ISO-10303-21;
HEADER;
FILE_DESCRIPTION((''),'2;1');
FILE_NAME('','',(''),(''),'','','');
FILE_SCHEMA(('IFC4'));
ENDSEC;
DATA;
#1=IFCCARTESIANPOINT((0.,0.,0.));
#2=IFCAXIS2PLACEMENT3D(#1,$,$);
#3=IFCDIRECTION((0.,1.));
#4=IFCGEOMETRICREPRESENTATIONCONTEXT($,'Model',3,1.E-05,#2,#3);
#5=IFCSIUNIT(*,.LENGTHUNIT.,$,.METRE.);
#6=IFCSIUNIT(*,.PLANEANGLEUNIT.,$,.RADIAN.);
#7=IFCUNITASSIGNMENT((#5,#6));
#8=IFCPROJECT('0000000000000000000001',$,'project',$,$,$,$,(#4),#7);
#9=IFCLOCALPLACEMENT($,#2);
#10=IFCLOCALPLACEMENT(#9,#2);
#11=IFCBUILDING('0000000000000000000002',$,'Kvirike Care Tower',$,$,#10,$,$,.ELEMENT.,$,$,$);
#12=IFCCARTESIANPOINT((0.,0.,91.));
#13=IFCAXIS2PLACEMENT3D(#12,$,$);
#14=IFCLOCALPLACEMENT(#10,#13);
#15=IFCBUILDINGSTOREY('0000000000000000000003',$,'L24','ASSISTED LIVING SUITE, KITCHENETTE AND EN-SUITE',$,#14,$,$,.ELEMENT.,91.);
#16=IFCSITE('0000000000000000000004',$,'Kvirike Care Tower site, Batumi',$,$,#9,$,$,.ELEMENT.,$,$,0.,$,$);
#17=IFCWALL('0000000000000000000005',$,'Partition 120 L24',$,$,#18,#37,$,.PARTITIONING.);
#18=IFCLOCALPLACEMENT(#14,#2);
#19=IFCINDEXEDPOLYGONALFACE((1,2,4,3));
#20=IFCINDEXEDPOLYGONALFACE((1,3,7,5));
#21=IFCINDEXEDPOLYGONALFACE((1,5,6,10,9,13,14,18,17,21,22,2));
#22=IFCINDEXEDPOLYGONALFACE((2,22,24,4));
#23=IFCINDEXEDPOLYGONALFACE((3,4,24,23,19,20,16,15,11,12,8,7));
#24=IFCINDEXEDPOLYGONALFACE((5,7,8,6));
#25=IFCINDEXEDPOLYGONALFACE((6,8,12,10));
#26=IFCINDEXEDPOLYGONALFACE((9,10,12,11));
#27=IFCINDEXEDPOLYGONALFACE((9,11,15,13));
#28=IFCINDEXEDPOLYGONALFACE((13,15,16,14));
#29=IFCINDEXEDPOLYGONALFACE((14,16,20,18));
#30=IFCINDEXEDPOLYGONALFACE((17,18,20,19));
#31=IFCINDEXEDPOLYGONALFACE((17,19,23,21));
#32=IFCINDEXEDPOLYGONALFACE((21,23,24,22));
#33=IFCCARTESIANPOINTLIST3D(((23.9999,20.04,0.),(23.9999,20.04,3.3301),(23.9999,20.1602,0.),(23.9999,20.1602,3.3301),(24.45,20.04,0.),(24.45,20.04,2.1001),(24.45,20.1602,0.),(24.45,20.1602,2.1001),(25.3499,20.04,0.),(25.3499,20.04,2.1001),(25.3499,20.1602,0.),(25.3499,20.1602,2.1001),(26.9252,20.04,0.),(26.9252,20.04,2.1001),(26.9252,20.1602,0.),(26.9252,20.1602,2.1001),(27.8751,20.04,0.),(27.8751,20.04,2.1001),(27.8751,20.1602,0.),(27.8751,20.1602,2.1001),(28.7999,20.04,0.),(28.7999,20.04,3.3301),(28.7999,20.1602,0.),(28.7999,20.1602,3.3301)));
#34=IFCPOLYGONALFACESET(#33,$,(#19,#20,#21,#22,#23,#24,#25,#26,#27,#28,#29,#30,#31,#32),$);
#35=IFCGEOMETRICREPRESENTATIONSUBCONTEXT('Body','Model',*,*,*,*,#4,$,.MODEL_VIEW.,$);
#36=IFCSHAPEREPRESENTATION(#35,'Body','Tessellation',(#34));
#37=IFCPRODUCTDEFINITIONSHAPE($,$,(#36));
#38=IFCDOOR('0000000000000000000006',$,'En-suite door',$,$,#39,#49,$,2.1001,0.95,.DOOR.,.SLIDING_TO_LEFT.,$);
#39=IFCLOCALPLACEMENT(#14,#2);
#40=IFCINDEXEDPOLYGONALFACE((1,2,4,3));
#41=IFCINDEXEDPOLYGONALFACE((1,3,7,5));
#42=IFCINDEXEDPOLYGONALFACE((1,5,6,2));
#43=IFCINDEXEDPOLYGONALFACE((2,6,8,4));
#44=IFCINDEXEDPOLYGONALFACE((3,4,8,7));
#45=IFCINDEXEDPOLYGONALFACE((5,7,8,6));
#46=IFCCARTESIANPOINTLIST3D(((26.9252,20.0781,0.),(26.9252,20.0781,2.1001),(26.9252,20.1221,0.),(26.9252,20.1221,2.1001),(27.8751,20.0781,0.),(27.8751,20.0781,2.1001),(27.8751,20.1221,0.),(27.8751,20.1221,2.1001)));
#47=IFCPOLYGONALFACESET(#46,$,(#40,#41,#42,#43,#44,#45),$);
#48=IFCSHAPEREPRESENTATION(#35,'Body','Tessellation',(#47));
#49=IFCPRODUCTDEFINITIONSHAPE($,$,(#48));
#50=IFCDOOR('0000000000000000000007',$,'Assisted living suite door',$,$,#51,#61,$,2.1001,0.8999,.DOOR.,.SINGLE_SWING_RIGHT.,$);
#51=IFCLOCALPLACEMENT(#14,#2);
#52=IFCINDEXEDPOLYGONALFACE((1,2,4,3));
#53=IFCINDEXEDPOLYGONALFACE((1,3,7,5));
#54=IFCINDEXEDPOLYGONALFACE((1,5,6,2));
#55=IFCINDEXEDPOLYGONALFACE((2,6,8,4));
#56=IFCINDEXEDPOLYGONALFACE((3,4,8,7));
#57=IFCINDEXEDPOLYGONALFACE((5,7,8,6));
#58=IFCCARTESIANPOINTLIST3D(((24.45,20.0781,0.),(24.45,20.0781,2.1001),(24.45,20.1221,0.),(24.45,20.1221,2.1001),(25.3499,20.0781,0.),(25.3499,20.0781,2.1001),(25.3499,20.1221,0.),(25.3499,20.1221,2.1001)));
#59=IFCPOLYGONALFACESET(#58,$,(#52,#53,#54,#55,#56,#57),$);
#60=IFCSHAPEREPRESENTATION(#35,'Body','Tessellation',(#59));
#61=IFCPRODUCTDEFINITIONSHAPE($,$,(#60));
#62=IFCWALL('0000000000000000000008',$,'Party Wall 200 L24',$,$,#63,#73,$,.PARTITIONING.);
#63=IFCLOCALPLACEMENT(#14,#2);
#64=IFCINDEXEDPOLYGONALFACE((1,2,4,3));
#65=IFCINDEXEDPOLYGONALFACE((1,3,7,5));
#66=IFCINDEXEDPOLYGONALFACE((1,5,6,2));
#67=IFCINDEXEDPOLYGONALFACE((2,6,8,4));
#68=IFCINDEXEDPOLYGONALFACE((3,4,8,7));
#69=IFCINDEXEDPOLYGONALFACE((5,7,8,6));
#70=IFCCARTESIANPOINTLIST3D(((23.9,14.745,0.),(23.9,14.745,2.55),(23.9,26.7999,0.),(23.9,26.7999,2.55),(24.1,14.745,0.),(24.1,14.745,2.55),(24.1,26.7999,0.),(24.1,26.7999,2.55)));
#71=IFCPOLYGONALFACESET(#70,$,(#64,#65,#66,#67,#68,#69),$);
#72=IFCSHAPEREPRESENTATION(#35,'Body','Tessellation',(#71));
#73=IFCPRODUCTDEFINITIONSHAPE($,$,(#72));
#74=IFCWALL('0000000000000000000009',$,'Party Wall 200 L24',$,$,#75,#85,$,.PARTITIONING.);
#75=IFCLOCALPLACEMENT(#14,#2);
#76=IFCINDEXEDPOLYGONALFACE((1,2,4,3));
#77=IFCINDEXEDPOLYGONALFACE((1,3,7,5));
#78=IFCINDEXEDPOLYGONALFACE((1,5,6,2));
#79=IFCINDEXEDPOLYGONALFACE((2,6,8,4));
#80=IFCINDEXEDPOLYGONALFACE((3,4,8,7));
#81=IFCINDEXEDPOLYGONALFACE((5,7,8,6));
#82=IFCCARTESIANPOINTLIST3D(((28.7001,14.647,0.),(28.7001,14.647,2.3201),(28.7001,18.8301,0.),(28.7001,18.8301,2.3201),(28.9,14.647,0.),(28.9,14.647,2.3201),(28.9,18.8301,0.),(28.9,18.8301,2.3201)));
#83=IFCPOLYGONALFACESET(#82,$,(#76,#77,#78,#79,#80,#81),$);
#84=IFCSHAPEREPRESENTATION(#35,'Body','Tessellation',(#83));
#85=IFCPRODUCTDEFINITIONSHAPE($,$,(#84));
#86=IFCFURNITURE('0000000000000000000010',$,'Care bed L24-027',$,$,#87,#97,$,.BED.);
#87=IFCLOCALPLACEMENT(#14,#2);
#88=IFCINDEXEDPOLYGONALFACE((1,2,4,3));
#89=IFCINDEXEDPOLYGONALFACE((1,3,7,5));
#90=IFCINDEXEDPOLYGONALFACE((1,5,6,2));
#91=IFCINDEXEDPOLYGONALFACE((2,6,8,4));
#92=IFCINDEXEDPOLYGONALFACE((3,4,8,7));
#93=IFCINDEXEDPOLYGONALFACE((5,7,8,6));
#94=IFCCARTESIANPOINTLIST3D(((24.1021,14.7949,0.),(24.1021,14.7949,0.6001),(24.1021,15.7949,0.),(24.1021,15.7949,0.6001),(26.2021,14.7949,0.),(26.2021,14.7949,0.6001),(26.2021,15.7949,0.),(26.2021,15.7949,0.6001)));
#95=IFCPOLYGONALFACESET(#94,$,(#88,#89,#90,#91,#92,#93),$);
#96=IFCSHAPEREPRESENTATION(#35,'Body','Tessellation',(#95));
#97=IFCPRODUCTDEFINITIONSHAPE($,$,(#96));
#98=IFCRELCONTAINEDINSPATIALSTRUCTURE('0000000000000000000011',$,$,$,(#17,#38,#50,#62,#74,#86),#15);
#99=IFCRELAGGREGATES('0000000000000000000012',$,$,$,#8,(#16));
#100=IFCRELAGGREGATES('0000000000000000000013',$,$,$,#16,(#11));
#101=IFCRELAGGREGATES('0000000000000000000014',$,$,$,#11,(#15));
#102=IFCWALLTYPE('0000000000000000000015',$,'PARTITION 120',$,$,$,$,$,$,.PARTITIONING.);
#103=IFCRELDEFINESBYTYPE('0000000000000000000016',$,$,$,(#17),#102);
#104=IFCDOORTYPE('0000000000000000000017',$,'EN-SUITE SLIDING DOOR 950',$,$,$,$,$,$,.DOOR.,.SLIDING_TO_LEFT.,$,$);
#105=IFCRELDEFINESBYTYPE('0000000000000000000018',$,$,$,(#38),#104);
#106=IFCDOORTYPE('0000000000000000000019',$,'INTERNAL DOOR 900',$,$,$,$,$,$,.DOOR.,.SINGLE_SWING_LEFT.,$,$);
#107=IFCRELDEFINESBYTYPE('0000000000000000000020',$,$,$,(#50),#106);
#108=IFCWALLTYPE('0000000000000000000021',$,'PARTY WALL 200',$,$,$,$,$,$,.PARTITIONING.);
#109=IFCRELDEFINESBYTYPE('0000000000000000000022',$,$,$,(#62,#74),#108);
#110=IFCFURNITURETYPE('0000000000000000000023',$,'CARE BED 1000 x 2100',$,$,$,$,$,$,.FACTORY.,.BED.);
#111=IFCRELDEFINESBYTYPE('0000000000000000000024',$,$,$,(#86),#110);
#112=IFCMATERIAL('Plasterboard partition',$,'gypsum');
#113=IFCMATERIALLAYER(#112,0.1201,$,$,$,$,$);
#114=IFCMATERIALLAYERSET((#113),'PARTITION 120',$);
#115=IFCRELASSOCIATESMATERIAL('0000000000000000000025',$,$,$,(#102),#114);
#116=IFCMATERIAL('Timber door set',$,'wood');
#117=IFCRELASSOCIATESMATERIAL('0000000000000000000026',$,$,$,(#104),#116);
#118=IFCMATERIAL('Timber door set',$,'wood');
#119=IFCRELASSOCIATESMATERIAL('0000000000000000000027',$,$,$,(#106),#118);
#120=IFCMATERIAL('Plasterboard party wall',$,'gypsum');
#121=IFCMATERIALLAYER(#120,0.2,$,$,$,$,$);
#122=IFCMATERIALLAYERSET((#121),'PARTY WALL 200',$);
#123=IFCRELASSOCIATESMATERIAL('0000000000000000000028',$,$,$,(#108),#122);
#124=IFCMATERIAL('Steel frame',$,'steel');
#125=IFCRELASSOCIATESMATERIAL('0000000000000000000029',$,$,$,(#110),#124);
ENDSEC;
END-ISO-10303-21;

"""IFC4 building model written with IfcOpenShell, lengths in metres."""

from ifc_helpers import new_model, si_unit, direction, frame, frame_2d, origin, origin_2d, place, context, subcontext, project, spatial, rectangle, extrude, material, layer, layer_set, type_object, element, fill, save


model = new_model("IFC4")

# Units and contexts
model_context = context("Model", 3, precision=1e-05, world=origin(), true_north=direction((0.0, 1.0)))
body_context = subcontext(model_context, "Body", "Model", "MODEL_VIEW")
ifc_project = project(units=[si_unit("LENGTHUNIT", "METRE"), si_unit("PLANEANGLEUNIT", "RADIAN")], contexts=[model_context])

# Site, building, storey
site_placement = place(None, origin())
site = spatial("IfcSite", under=ifc_project, at=site_placement, Name="Kvirike Care Tower site, Batumi", CompositionType="ELEMENT", RefElevation=0.0)
building_placement = place(site_placement, origin())
building = spatial("IfcBuilding", under=site, at=building_placement, Name="Kvirike Care Tower", CompositionType="ELEMENT")
storey_placement = place(building_placement, frame((0.0, 0.0, 91.0)))
storey = spatial("IfcBuildingStorey", under=building, at=storey_placement, Name="L24", Description="ASSISTED LIVING SUITE, KITCHENETTE AND EN-SUITE", CompositionType="ELEMENT", Elevation=91.0)

# Wall, openings, doors
ifc_material_1 = material(Name="Plasterboard partition", Category="gypsum")
ifc_layer_1 = layer(ifc_material_1, 0.1201)
ifc_layer_set_1 = layer_set([ifc_layer_1], Name="PARTITION 120")
wall_type_1 = type_object("IfcWallType", Name="PARTITION 120", PredefinedType="PARTITIONING", material=ifc_layer_set_1)
wall_1_placement = place(storey_placement, frame((24.0, 20.1001, 0.0), z_axis=(0.0, 0.0, 1.0), x_axis=(1.0, 0.0, 0.0)))
wall_1 = element("IfcWall", 1, at=wall_1_placement, inside=storey, type_object=wall_type_1, Name="Partition 120 L24", PredefinedType="PARTITIONING", context=body_context, shape_type="SweptSolid", body=[
    extrude(rectangle(XDim=4.8, YDim=0.1201, at=frame_2d((2.3999, 0.0))), origin(), (0.0, 0.0, 1.0), 3.3301),
])
opening_1_placement = place(wall_1_placement, frame((0.45, 0.0, 0.0)))
opening_1 = element("IfcOpeningElement", 2, at=opening_1_placement, cuts=wall_1, PredefinedType="OPENING", context=body_context, shape_type="SweptSolid", body=[
    extrude(rectangle(XDim=0.8999, YDim=2.1001, at=frame_2d((0.45, 1.05))), frame((0.0, 0.0706, 0.0), z_axis=(0.0, -1.0, 0.0), x_axis=(1.0, 0.0, 0.0)), (0.0, 0.0, 1.0), 0.1411),
])
opening_2_placement = place(wall_1_placement, frame((2.925, 0.0, 0.0)))
opening_2 = element("IfcOpeningElement", 3, at=opening_2_placement, cuts=wall_1, PredefinedType="OPENING", context=body_context, shape_type="SweptSolid", body=[
    extrude(rectangle(XDim=0.95, YDim=2.1001, at=frame_2d((0.4751, 1.05))), frame((0.0, 0.0706, 0.0), z_axis=(0.0, -1.0, 0.0), x_axis=(1.0, 0.0, 0.0)), (0.0, 0.0, 1.0), 0.1411),
])
ifc_material_2 = material(Name="Timber door set", Category="wood")
door_type_1 = type_object("IfcDoorType", Name="EN-SUITE SLIDING DOOR 950", OperationType="SLIDING_TO_LEFT", PredefinedType="DOOR", material=ifc_material_2)
door_1_placement = place(opening_2_placement, origin())
door_1 = element("IfcDoor", 4, at=door_1_placement, inside=storey, type_object=door_type_1, Name="En-suite door", OperationType="SLIDING_TO_LEFT", OverallHeight=2.1001, OverallWidth=0.95, PredefinedType="DOOR", context=body_context, shape_type="SweptSolid", body=[
    extrude(rectangle(XDim=0.95, YDim=2.1001, at=frame_2d((0.4751, 1.05))), frame((0.0, 0.022, 0.0), z_axis=(0.0, -1.0, 0.0), x_axis=(1.0, 0.0, 0.0)), (0.0, 0.0, 1.0), 0.0439),
])
fill(opening_2, door_1)
ifc_material_3 = material(Name="Timber door set", Category="wood")
door_type_2 = type_object("IfcDoorType", Name="INTERNAL DOOR 900", OperationType="SINGLE_SWING_LEFT", PredefinedType="DOOR", material=ifc_material_3)
door_2_placement = place(opening_1_placement, origin())
door_2 = element("IfcDoor", 5, at=door_2_placement, inside=storey, type_object=door_type_2, Name="Assisted living suite door", OperationType="SINGLE_SWING_RIGHT", OverallHeight=2.1001, OverallWidth=0.8999, PredefinedType="DOOR", context=body_context, shape_type="SweptSolid", body=[
    extrude(rectangle(XDim=0.8999, YDim=2.1001, at=frame_2d((0.45, 1.05))), frame((0.0, 0.022, 0.0), z_axis=(0.0, -1.0, 0.0), x_axis=(1.0, 0.0, 0.0)), (0.0, 0.0, 1.0), 0.0439),
])
fill(opening_1, door_2)

# Walls
ifc_material_4 = material(Name="Plasterboard party wall", Category="gypsum")
ifc_layer_2 = layer(ifc_material_4, 0.2)
ifc_layer_set_2 = layer_set([ifc_layer_2], Name="PARTY WALL 200")
wall_type_2 = type_object("IfcWallType", Name="PARTY WALL 200", PredefinedType="PARTITIONING", material=ifc_layer_set_2)
wall_2_placement = place(storey_placement, frame((24.0, 14.7451, 0.0), z_axis=(0.0, 0.0, 1.0), x_axis=(0.0, 1.0, 0.0)))
element("IfcWall", 6, at=wall_2_placement, inside=storey, type_object=wall_type_2, Name="Party Wall 200 L24", PredefinedType="PARTITIONING", context=body_context, shape_type="SweptSolid", body=[
    extrude(rectangle(XDim=12.0549, YDim=0.2, at=frame_2d((6.0273, 0.0))), origin(), (0.0, 0.0, 1.0), 2.55),
])
wall_3_placement = place(storey_placement, frame((28.8, 14.647, 0.0), z_axis=(0.0, 0.0, 1.0), x_axis=(0.0, 1.0, 0.0)))
element("IfcWall", 7, at=wall_3_placement, inside=storey, type_object=wall_type_2, Name="Party Wall 200 L24", PredefinedType="PARTITIONING", context=body_context, shape_type="SweptSolid", body=[
    extrude(rectangle(XDim=4.1831, YDim=0.2, at=frame_2d((2.0916, 0.0))), origin(), (0.0, 0.0, 1.0), 2.3201),
])

# Furniture
ifc_material_5 = material(Name="Steel frame", Category="steel")
furniture_type = type_object("IfcFurnitureType", Name="CARE BED 1000 x 2100", AssemblyPlace="FACTORY", PredefinedType="BED", material=ifc_material_5)
furniture_placement = place(storey_placement, frame((25.1521, 15.2949, 0.0), z_axis=(0.0, 0.0, 1.0), x_axis=(0.0, 1.0, 0.0)))
element("IfcFurniture", 8, at=furniture_placement, inside=storey, type_object=furniture_type, Name="Care bed L24-027", PredefinedType="BED", context=body_context, shape_type="SweptSolid", body=[
    extrude(rectangle(XDim=1.0, YDim=2.1001, at=origin_2d()), origin(), (0.0, 0.0, 1.0), 0.6001),
])

save(model, "model.ifc")
